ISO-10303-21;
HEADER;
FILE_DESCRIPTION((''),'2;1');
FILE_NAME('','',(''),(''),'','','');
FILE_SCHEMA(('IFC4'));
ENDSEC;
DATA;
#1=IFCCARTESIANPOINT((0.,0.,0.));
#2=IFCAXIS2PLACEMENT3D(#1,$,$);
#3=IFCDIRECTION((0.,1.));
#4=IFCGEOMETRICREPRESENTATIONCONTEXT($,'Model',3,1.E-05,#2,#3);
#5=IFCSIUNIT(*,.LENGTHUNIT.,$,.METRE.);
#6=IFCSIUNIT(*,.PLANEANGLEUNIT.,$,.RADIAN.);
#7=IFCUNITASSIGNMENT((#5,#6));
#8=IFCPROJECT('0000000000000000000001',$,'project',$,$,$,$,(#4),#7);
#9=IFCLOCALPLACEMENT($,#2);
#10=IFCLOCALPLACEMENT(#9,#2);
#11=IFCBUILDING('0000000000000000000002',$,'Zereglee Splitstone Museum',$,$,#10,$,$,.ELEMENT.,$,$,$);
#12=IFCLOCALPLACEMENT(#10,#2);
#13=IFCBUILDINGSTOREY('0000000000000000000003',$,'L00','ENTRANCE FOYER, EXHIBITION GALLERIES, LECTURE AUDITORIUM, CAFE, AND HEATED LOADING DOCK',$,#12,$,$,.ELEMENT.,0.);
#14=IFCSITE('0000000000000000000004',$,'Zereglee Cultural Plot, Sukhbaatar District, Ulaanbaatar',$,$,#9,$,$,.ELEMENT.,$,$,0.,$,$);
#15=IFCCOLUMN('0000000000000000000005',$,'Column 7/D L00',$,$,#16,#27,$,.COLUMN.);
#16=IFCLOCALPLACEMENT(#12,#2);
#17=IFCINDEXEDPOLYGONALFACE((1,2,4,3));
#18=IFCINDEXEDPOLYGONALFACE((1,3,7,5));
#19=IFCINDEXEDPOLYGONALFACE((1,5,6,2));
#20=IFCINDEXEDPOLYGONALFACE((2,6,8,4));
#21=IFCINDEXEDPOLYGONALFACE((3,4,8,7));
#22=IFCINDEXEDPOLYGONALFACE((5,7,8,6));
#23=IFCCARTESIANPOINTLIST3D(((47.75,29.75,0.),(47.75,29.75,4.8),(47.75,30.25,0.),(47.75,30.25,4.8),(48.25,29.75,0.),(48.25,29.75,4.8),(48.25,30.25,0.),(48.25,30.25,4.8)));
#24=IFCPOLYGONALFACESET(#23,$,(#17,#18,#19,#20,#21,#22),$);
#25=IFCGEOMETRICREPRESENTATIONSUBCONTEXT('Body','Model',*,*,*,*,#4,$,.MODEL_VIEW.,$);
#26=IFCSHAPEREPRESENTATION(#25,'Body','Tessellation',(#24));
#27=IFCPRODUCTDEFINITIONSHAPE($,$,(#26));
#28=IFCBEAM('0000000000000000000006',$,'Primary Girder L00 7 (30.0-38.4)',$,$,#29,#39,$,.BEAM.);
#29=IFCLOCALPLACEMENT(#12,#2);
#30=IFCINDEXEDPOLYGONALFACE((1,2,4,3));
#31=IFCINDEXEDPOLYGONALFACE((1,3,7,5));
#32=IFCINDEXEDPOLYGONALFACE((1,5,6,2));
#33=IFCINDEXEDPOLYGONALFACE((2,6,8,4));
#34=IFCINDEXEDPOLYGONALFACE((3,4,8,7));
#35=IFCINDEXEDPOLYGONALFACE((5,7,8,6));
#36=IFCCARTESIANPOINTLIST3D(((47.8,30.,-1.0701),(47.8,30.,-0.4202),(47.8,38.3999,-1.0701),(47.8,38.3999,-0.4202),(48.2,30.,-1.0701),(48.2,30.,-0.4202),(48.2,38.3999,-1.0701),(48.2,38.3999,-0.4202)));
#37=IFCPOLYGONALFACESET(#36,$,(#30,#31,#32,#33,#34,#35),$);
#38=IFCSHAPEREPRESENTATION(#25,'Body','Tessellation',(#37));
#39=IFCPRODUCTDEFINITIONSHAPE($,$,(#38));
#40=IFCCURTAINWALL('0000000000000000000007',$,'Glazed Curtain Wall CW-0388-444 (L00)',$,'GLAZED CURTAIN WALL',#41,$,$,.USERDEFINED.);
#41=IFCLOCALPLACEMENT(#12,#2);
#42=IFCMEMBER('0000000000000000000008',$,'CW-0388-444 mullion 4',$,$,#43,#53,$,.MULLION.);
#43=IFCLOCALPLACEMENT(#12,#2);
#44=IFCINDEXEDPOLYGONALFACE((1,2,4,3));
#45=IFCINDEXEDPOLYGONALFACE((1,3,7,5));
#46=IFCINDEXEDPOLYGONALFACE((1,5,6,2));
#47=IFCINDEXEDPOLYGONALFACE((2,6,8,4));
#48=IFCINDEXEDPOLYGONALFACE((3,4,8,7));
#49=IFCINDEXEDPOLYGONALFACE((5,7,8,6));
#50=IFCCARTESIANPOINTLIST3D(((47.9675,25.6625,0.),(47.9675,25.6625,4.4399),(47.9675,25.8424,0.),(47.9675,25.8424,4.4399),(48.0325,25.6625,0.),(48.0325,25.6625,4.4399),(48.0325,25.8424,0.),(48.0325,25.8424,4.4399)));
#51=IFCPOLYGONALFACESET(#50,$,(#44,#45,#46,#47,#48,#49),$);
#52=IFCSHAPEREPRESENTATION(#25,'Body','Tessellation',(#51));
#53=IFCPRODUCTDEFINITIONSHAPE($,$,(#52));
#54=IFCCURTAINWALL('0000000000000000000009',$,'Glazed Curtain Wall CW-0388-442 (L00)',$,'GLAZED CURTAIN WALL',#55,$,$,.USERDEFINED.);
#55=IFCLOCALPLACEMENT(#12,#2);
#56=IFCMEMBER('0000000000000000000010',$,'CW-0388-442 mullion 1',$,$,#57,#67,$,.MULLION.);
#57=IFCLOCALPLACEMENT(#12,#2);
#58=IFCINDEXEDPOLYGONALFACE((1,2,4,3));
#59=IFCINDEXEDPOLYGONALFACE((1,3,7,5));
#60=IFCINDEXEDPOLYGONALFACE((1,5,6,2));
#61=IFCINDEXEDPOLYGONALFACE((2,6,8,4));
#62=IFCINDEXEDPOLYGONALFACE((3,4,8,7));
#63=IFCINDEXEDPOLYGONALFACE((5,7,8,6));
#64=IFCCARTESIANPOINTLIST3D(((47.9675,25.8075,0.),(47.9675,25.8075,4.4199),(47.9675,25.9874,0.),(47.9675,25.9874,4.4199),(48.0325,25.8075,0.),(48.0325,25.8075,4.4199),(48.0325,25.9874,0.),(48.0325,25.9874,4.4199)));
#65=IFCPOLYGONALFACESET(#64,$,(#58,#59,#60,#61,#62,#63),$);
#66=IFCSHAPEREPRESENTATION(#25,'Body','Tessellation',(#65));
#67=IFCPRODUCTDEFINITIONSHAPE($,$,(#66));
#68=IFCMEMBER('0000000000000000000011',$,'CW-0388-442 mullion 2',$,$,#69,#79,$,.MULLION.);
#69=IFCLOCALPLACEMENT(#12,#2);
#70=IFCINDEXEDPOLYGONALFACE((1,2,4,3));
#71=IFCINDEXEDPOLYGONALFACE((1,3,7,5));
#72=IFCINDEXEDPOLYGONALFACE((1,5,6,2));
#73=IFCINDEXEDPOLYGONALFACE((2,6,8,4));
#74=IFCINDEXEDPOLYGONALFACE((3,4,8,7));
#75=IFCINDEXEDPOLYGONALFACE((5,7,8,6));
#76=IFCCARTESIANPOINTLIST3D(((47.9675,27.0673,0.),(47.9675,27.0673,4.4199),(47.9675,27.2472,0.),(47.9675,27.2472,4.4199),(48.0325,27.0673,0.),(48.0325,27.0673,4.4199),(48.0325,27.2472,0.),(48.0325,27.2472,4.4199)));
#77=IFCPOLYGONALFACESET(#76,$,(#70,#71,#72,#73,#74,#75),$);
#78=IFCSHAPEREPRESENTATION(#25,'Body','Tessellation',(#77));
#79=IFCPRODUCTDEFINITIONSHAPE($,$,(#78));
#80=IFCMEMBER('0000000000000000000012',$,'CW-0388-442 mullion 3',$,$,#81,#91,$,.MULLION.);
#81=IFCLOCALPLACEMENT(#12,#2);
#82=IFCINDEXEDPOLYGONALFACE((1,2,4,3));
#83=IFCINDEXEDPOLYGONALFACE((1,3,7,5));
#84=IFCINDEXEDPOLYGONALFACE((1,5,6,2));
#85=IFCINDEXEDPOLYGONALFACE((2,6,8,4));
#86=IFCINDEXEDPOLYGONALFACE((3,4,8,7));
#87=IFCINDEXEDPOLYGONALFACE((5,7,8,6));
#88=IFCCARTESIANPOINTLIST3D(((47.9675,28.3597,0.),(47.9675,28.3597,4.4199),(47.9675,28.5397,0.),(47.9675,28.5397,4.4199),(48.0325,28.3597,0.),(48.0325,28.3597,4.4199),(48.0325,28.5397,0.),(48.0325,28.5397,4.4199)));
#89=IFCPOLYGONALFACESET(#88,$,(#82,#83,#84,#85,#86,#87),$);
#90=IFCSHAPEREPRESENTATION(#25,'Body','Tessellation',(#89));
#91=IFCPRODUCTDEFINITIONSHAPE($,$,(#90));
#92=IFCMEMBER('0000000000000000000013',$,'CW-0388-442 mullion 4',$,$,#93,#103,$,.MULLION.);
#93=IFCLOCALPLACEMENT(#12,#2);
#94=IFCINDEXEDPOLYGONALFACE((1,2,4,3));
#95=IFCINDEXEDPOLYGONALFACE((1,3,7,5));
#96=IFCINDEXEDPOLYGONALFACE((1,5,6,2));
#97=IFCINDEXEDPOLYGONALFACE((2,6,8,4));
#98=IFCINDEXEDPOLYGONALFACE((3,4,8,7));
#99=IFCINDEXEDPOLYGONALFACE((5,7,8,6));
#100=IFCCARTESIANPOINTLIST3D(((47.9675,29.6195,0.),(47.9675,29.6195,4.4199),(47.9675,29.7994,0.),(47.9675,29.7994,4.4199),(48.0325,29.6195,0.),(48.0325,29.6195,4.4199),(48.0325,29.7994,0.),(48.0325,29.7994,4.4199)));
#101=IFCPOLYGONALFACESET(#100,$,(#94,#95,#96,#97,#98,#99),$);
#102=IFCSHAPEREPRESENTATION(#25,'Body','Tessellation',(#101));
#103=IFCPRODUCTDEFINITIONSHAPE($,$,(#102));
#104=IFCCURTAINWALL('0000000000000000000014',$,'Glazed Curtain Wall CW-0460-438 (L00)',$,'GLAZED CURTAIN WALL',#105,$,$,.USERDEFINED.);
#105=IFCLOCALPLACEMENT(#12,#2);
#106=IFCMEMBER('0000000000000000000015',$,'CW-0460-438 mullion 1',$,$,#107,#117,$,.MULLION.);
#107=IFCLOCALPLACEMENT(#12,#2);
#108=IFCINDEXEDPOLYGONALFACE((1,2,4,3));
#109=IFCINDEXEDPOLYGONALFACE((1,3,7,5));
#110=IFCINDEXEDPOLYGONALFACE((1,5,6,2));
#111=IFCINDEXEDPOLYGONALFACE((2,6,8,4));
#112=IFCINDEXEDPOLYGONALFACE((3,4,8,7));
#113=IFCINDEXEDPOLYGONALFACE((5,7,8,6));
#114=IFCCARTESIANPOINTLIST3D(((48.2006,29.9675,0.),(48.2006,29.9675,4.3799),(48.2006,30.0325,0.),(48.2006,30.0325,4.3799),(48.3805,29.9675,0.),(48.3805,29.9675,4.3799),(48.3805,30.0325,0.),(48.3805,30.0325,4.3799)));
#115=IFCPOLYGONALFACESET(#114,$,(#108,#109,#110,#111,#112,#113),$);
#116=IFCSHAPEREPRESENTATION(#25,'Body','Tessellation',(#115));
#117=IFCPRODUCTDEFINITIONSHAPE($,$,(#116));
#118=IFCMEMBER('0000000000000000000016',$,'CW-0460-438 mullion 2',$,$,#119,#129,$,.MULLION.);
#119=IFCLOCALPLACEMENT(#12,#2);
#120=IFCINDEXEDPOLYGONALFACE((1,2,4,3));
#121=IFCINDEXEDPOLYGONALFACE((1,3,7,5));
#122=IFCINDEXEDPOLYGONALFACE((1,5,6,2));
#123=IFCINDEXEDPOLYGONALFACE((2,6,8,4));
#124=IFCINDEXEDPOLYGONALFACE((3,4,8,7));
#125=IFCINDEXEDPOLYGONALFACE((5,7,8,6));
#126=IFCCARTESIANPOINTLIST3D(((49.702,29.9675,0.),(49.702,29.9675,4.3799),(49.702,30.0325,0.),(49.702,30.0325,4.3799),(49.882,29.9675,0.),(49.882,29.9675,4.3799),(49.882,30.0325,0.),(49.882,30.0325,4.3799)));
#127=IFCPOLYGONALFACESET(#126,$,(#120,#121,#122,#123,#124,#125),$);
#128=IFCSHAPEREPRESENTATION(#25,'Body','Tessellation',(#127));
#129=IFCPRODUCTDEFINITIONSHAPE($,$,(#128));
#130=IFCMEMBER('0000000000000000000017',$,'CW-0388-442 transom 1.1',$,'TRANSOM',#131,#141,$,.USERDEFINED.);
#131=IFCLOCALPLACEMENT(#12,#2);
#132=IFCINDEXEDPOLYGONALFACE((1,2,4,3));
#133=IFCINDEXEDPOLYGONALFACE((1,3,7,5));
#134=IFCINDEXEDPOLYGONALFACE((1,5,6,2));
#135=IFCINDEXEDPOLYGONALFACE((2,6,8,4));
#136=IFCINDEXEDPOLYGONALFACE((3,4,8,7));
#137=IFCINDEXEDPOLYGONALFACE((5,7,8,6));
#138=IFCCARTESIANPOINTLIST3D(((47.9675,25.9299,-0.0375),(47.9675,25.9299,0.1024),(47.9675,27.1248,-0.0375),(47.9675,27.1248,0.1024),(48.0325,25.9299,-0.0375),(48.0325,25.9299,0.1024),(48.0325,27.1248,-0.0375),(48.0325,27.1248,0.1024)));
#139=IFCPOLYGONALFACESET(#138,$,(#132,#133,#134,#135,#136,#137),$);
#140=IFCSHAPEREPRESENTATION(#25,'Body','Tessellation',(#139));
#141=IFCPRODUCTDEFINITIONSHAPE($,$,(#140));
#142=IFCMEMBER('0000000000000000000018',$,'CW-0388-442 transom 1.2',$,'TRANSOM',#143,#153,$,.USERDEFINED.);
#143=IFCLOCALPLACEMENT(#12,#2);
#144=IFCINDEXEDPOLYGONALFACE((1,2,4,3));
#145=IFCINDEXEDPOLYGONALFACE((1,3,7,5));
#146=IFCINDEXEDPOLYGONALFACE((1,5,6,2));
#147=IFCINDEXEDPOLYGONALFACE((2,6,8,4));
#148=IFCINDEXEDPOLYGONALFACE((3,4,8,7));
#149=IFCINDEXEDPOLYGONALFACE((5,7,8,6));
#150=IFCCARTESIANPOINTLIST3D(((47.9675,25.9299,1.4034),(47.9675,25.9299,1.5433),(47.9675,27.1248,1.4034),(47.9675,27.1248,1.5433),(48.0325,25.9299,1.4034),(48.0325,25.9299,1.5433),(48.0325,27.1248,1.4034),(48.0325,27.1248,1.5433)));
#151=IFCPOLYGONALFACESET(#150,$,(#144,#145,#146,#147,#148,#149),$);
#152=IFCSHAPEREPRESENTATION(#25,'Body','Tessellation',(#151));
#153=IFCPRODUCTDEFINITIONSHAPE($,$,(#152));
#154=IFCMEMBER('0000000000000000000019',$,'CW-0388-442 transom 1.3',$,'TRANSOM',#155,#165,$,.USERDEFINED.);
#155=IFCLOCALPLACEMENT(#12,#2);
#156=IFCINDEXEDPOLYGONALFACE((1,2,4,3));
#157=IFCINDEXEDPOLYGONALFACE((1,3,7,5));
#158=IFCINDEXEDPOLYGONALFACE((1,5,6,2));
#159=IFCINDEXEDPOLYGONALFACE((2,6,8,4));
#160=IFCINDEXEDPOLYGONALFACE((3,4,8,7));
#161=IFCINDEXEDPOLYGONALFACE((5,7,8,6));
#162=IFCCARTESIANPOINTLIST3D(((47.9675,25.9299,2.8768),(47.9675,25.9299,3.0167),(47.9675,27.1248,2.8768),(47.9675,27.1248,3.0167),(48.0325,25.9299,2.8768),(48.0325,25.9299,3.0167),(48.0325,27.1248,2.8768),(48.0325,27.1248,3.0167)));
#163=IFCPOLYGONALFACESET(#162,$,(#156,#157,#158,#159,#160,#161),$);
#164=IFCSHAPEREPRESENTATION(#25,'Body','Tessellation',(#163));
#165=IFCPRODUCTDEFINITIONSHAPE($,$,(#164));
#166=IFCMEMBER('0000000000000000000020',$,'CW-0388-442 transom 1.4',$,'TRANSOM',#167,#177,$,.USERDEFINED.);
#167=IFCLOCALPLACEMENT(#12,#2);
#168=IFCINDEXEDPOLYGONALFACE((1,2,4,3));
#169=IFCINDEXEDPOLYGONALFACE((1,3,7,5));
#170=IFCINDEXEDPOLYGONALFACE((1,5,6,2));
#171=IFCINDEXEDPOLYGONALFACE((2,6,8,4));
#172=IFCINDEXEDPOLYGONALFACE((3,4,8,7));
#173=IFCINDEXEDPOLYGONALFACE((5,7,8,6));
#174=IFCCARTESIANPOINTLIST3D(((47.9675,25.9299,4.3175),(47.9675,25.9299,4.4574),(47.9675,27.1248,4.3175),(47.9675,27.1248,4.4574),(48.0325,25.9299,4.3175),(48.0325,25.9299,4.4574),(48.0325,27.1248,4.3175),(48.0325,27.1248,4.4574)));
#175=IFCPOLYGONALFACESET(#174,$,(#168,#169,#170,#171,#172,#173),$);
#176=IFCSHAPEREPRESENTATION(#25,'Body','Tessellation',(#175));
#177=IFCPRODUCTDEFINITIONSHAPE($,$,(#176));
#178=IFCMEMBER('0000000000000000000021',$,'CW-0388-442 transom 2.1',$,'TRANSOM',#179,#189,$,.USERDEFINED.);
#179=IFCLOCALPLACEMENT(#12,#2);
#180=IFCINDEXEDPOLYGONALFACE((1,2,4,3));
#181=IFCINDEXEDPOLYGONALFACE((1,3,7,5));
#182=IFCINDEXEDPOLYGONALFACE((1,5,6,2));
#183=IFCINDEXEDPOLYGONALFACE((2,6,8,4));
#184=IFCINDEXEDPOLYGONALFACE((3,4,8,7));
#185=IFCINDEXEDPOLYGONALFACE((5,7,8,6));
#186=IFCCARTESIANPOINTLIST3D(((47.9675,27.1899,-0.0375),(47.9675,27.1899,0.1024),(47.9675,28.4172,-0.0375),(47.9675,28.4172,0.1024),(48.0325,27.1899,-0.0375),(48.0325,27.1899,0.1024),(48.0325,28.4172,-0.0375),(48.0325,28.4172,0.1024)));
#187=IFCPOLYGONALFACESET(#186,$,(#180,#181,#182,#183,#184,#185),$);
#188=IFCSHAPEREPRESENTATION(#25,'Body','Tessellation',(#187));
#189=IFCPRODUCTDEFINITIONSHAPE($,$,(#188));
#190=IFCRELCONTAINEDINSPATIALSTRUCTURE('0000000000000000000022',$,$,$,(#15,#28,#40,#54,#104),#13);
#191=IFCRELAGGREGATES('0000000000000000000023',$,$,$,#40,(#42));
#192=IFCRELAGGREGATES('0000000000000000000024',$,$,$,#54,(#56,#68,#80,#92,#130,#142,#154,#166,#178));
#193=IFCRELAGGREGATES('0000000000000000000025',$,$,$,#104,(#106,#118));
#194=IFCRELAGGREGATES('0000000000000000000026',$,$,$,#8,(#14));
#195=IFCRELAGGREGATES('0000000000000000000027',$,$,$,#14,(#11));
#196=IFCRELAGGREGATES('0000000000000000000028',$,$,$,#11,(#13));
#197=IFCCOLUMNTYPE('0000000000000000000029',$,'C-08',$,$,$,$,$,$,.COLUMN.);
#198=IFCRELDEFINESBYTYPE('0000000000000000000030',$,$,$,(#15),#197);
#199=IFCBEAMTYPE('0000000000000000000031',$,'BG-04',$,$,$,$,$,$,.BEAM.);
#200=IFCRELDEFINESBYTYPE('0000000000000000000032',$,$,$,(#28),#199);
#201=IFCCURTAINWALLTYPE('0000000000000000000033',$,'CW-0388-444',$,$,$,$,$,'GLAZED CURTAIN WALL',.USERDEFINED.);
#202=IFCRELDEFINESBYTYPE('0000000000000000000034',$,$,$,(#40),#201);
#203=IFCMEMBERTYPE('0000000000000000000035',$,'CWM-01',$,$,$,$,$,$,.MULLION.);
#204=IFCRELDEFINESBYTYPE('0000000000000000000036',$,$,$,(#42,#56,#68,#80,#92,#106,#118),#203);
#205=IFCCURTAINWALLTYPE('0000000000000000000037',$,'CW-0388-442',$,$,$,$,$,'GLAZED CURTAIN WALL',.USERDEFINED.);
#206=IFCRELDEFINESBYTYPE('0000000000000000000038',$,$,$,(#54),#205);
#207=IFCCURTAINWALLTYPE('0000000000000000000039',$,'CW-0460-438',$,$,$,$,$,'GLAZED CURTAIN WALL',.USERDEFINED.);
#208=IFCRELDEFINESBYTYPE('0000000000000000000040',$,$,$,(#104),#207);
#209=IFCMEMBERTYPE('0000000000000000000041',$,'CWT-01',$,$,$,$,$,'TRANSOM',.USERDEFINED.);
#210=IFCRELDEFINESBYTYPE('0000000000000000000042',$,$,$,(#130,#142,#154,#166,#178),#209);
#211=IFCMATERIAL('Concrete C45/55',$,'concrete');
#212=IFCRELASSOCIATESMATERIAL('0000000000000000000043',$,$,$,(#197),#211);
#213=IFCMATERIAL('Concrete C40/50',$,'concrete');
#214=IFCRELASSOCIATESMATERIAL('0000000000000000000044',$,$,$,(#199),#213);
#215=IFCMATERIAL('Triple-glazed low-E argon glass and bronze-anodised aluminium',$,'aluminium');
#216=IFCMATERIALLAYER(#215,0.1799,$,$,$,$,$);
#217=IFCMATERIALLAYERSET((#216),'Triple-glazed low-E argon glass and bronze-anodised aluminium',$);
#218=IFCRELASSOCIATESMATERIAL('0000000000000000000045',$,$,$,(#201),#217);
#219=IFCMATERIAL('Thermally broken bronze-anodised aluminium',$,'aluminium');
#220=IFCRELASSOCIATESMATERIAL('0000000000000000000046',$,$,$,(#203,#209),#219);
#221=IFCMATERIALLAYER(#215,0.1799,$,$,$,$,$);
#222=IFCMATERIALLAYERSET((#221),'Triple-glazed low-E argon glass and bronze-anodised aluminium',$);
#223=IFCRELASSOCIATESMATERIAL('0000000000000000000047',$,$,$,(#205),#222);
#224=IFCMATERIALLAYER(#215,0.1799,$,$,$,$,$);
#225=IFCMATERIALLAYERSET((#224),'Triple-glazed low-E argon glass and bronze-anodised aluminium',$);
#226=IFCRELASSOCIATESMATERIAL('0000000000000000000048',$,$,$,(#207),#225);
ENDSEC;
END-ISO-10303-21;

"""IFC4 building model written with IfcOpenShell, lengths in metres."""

from ifc_helpers import new_model, si_unit, direction, frame, origin, origin_2d, place, context, subcontext, project, spatial, rectangle, extrude, material, layer, layer_set, material_profile, profile_set, type_object, element, aggregate, save


model = new_model("IFC4")

# Units and contexts
model_context = context("Model", 3, precision=1e-05, world=origin(), true_north=direction((0.0, 1.0)))
body_context = subcontext(model_context, "Body", "Model", "MODEL_VIEW")
ifc_project = project(units=[si_unit("LENGTHUNIT", "METRE"), si_unit("PLANEANGLEUNIT", "RADIAN")], contexts=[model_context])

# Site, building, storey
site_placement = place(None, origin())
site = spatial("IfcSite", under=ifc_project, at=site_placement, Name="Zereglee Cultural Plot, Sukhbaatar District, Ulaanbaatar", CompositionType="ELEMENT", RefElevation=0.0)
building_placement = place(site_placement, origin())
building = spatial("IfcBuilding", under=site, at=building_placement, Name="Zereglee Splitstone Museum", CompositionType="ELEMENT")
storey_placement = place(building_placement, origin())
storey = spatial("IfcBuildingStorey", under=building, at=storey_placement, Name="L00", Description="ENTRANCE FOYER, EXHIBITION GALLERIES, LECTURE AUDITORIUM, CAFE, AND HEATED LOADING DOCK", CompositionType="ELEMENT", Elevation=0.0)

# Column
ifc_material_1 = material(Name="Concrete C45/55", Category="concrete")
ifc_material_profile_1 = material_profile(ifc_material_1, rectangle(XDim=0.5, YDim=0.5, at=origin_2d()), Name="RC 500x500")
ifc_profile_set_1 = profile_set([ifc_material_profile_1], Name="Concrete C45/55")
column_type = type_object("IfcColumnType", Name="C-08", PredefinedType="COLUMN", material=ifc_profile_set_1)
column_placement = place(storey_placement, frame((48.0, 30.0, 0.0), z_axis=(0.0, 0.0, 1.0), x_axis=(1.0, 0.0, 0.0)))
element("IfcColumn", 1, at=column_placement, inside=storey, type_object=column_type, Name="Column 7/D L00", PredefinedType="COLUMN", context=body_context, shape_type="SweptSolid", body=[
    extrude(rectangle(XDim=0.5, YDim=0.5, at=origin_2d()), origin(), (0.0, 0.0, 1.0), 4.8),
])

# Beam
ifc_material_2 = material(Name="Concrete C40/50", Category="concrete")
ifc_material_profile_2 = material_profile(ifc_material_2, rectangle(XDim=0.3999, YDim=0.6499, at=origin_2d()), Name="RC 400x650")
ifc_profile_set_2 = profile_set([ifc_material_profile_2], Name="Concrete C40/50")
beam_type_1 = type_object("IfcBeamType", Name="BG-04", PredefinedType="BEAM", material=ifc_profile_set_2)
beam_1_placement = place(storey_placement, frame((48.0, 30.0, -0.7451), z_axis=(0.0, 1.0, 0.0), x_axis=(-1.0, 0.0, 0.0)))
element("IfcBeam", 2, at=beam_1_placement, inside=storey, type_object=beam_type_1, Name="Primary Girder L00 7 (30.0-38.4)", PredefinedType="BEAM", context=body_context, shape_type="SweptSolid", body=[
    extrude(rectangle(XDim=0.3999, YDim=0.6499, at=origin_2d()), origin(), (0.0, 0.0, 1.0), 8.3999),
])

# Curtain wall, member
ifc_material_3 = material(Name="Triple-glazed low-E argon glass and bronze-anodised aluminium", Category="aluminium")
ifc_layer_1 = layer(ifc_material_3, 0.1799)
ifc_layer_set_1 = layer_set([ifc_layer_1], Name="Triple-glazed low-E argon glass and bronze-anodised aluminium")
curtain_wall_type_1 = type_object("IfcCurtainWallType", Name="CW-0388-444", ElementType="GLAZED CURTAIN WALL", PredefinedType="USERDEFINED", material=ifc_layer_set_1)
curtain_wall_1_placement = place(storey_placement, origin())
curtain_wall_1 = element("IfcCurtainWall", 3, at=curtain_wall_1_placement, inside=storey, type_object=curtain_wall_type_1, Name="Glazed Curtain Wall CW-0388-444 (L00)", ObjectType="GLAZED CURTAIN WALL", PredefinedType="USERDEFINED")
ifc_material_4 = material(Name="Thermally broken bronze-anodised aluminium", Category="aluminium")
ifc_material_profile_3 = material_profile(ifc_material_4, rectangle(XDim=0.0649, YDim=0.1799, at=origin_2d()), Name="CW MULL 65x180")
ifc_profile_set_3 = profile_set([ifc_material_profile_3], Name="Thermally broken bronze-anodised aluminium")
member_type_1 = type_object("IfcMemberType", Name="CWM-01", PredefinedType="MULLION", material=ifc_profile_set_3)
member_1_placement = place(storey_placement, frame((48.0, 25.7524, 0.0), z_axis=(0.0, 0.0, 1.0), x_axis=(-1.0, 0.0, 0.0)))
member_1 = element("IfcMember", 4, at=member_1_placement, type_object=member_type_1, Name="CW-0388-444 mullion 4", PredefinedType="MULLION", context=body_context, shape_type="SweptSolid", body=[
    extrude(rectangle(XDim=0.0649, YDim=0.1799, at=origin_2d()), origin(), (0.0, 0.0, 1.0), 4.4399),
])
aggregate(curtain_wall_1, [member_1])

# Curtain walls, members
ifc_layer_2 = layer(ifc_material_3, 0.1799)
ifc_layer_set_2 = layer_set([ifc_layer_2], Name="Triple-glazed low-E argon glass and bronze-anodised aluminium")
curtain_wall_type_2 = type_object("IfcCurtainWallType", Name="CW-0388-442", ElementType="GLAZED CURTAIN WALL", PredefinedType="USERDEFINED", material=ifc_layer_set_2)
curtain_wall_2_placement = place(storey_placement, origin())
curtain_wall_2 = element("IfcCurtainWall", 5, at=curtain_wall_2_placement, inside=storey, type_object=curtain_wall_type_2, Name="Glazed Curtain Wall CW-0388-442 (L00)", ObjectType="GLAZED CURTAIN WALL", PredefinedType="USERDEFINED")
member_2_placement = place(storey_placement, frame((48.0, 25.8975, 0.0), z_axis=(0.0, 0.0, 1.0), x_axis=(-1.0, 0.0, 0.0)))
member_2 = element("IfcMember", 6, at=member_2_placement, type_object=member_type_1, Name="CW-0388-442 mullion 1", PredefinedType="MULLION", context=body_context, shape_type="SweptSolid", body=[
    extrude(rectangle(XDim=0.0649, YDim=0.1799, at=origin_2d()), origin(), (0.0, 0.0, 1.0), 4.4199),
])
member_3_placement = place(storey_placement, frame((48.0, 27.1572, 0.0), z_axis=(0.0, 0.0, 1.0), x_axis=(-1.0, 0.0, 0.0)))
member_3 = element("IfcMember", 7, at=member_3_placement, type_object=member_type_1, Name="CW-0388-442 mullion 2", PredefinedType="MULLION", context=body_context, shape_type="SweptSolid", body=[
    extrude(rectangle(XDim=0.0649, YDim=0.1799, at=origin_2d()), origin(), (0.0, 0.0, 1.0), 4.4199),
])
member_4_placement = place(storey_placement, frame((48.0, 28.4497, 0.0), z_axis=(0.0, 0.0, 1.0), x_axis=(-1.0, 0.0, 0.0)))
member_4 = element("IfcMember", 8, at=member_4_placement, type_object=member_type_1, Name="CW-0388-442 mullion 3", PredefinedType="MULLION", context=body_context, shape_type="SweptSolid", body=[
    extrude(rectangle(XDim=0.0649, YDim=0.1799, at=origin_2d()), origin(), (0.0, 0.0, 1.0), 4.4199),
])
member_5_placement = place(storey_placement, frame((48.0, 29.7095, 0.0), z_axis=(0.0, 0.0, 1.0), x_axis=(-1.0, 0.0, 0.0)))
member_5 = element("IfcMember", 9, at=member_5_placement, type_object=member_type_1, Name="CW-0388-442 mullion 4", PredefinedType="MULLION", context=body_context, shape_type="SweptSolid", body=[
    extrude(rectangle(XDim=0.0649, YDim=0.1799, at=origin_2d()), origin(), (0.0, 0.0, 1.0), 4.4199),
])
ifc_layer_3 = layer(ifc_material_3, 0.1799)
ifc_layer_set_3 = layer_set([ifc_layer_3], Name="Triple-glazed low-E argon glass and bronze-anodised aluminium")
curtain_wall_type_3 = type_object("IfcCurtainWallType", Name="CW-0460-438", ElementType="GLAZED CURTAIN WALL", PredefinedType="USERDEFINED", material=ifc_layer_set_3)
curtain_wall_3_placement = place(storey_placement, origin())
curtain_wall_3 = element("IfcCurtainWall", 10, at=curtain_wall_3_placement, inside=storey, type_object=curtain_wall_type_3, Name="Glazed Curtain Wall CW-0460-438 (L00)", ObjectType="GLAZED CURTAIN WALL", PredefinedType="USERDEFINED")
member_6_placement = place(storey_placement, frame((48.2905, 30.0, 0.0), z_axis=(0.0, 0.0, 1.0), x_axis=(0.0, 1.0, 0.0)))
member_6 = element("IfcMember", 11, at=member_6_placement, type_object=member_type_1, Name="CW-0460-438 mullion 1", PredefinedType="MULLION", context=body_context, shape_type="SweptSolid", body=[
    extrude(rectangle(XDim=0.0649, YDim=0.1799, at=origin_2d()), origin(), (0.0, 0.0, 1.0), 4.3799),
])
member_7_placement = place(storey_placement, frame((49.792, 30.0, 0.0), z_axis=(0.0, 0.0, 1.0), x_axis=(0.0, 1.0, 0.0)))
member_7 = element("IfcMember", 12, at=member_7_placement, type_object=member_type_1, Name="CW-0460-438 mullion 2", PredefinedType="MULLION", context=body_context, shape_type="SweptSolid", body=[
    extrude(rectangle(XDim=0.0649, YDim=0.1799, at=origin_2d()), origin(), (0.0, 0.0, 1.0), 4.3799),
])

# Members
ifc_material_profile_4 = material_profile(ifc_material_4, rectangle(XDim=0.0649, YDim=0.1399, at=origin_2d()), Name="CW TRAN 65x140")
ifc_profile_set_4 = profile_set([ifc_material_profile_4], Name="Thermally broken bronze-anodised aluminium")
member_type_2 = type_object("IfcMemberType", Name="CWT-01", ElementType="TRANSOM", PredefinedType="USERDEFINED", material=ifc_profile_set_4)
member_8_placement = place(storey_placement, frame((48.0, 25.9299, 0.0325), z_axis=(0.0, 1.0, 0.0), x_axis=(-1.0, 0.0, 0.0)))
member_8 = element("IfcMember", 13, at=member_8_placement, type_object=member_type_2, Name="CW-0388-442 transom 1.1", ObjectType="TRANSOM", PredefinedType="USERDEFINED", context=body_context, shape_type="SweptSolid", body=[
    extrude(rectangle(XDim=0.0649, YDim=0.1399, at=origin_2d()), origin(), (0.0, 0.0, 1.0), 1.1948),
])
member_9_placement = place(storey_placement, frame((48.0, 25.9299, 1.4734), z_axis=(0.0, 1.0, 0.0), x_axis=(-1.0, 0.0, 0.0)))
member_9 = element("IfcMember", 14, at=member_9_placement, type_object=member_type_2, Name="CW-0388-442 transom 1.2", ObjectType="TRANSOM", PredefinedType="USERDEFINED", context=body_context, shape_type="SweptSolid", body=[
    extrude(rectangle(XDim=0.0649, YDim=0.1399, at=origin_2d()), origin(), (0.0, 0.0, 1.0), 1.1948),
])
member_10_placement = place(storey_placement, frame((48.0, 25.9299, 2.9468), z_axis=(0.0, 1.0, 0.0), x_axis=(-1.0, 0.0, 0.0)))
member_10 = element("IfcMember", 15, at=member_10_placement, type_object=member_type_2, Name="CW-0388-442 transom 1.3", ObjectType="TRANSOM", PredefinedType="USERDEFINED", context=body_context, shape_type="SweptSolid", body=[
    extrude(rectangle(XDim=0.0649, YDim=0.1399, at=origin_2d()), origin(), (0.0, 0.0, 1.0), 1.1948),
])
member_11_placement = place(storey_placement, frame((48.0, 25.9299, 4.3875), z_axis=(0.0, 1.0, 0.0), x_axis=(-1.0, 0.0, 0.0)))
member_11 = element("IfcMember", 16, at=member_11_placement, type_object=member_type_2, Name="CW-0388-442 transom 1.4", ObjectType="TRANSOM", PredefinedType="USERDEFINED", context=body_context, shape_type="SweptSolid", body=[
    extrude(rectangle(XDim=0.0649, YDim=0.1399, at=origin_2d()), origin(), (0.0, 0.0, 1.0), 1.1948),
])
member_12_placement = place(storey_placement, frame((48.0, 27.1899, 0.0325), z_axis=(0.0, 1.0, 0.0), x_axis=(-1.0, 0.0, 0.0)))
member_12 = element("IfcMember", 17, at=member_12_placement, type_object=member_type_2, Name="CW-0388-442 transom 2.1", ObjectType="TRANSOM", PredefinedType="USERDEFINED", context=body_context, shape_type="SweptSolid", body=[
    extrude(rectangle(XDim=0.0649, YDim=0.1399, at=origin_2d()), origin(), (0.0, 0.0, 1.0), 1.2273),
])

aggregate(curtain_wall_2, [member_2, member_3, member_4, member_5, member_8, member_9, member_10, member_11, member_12])
aggregate(curtain_wall_3, [member_6, member_7])

save(model, "model.ifc")
